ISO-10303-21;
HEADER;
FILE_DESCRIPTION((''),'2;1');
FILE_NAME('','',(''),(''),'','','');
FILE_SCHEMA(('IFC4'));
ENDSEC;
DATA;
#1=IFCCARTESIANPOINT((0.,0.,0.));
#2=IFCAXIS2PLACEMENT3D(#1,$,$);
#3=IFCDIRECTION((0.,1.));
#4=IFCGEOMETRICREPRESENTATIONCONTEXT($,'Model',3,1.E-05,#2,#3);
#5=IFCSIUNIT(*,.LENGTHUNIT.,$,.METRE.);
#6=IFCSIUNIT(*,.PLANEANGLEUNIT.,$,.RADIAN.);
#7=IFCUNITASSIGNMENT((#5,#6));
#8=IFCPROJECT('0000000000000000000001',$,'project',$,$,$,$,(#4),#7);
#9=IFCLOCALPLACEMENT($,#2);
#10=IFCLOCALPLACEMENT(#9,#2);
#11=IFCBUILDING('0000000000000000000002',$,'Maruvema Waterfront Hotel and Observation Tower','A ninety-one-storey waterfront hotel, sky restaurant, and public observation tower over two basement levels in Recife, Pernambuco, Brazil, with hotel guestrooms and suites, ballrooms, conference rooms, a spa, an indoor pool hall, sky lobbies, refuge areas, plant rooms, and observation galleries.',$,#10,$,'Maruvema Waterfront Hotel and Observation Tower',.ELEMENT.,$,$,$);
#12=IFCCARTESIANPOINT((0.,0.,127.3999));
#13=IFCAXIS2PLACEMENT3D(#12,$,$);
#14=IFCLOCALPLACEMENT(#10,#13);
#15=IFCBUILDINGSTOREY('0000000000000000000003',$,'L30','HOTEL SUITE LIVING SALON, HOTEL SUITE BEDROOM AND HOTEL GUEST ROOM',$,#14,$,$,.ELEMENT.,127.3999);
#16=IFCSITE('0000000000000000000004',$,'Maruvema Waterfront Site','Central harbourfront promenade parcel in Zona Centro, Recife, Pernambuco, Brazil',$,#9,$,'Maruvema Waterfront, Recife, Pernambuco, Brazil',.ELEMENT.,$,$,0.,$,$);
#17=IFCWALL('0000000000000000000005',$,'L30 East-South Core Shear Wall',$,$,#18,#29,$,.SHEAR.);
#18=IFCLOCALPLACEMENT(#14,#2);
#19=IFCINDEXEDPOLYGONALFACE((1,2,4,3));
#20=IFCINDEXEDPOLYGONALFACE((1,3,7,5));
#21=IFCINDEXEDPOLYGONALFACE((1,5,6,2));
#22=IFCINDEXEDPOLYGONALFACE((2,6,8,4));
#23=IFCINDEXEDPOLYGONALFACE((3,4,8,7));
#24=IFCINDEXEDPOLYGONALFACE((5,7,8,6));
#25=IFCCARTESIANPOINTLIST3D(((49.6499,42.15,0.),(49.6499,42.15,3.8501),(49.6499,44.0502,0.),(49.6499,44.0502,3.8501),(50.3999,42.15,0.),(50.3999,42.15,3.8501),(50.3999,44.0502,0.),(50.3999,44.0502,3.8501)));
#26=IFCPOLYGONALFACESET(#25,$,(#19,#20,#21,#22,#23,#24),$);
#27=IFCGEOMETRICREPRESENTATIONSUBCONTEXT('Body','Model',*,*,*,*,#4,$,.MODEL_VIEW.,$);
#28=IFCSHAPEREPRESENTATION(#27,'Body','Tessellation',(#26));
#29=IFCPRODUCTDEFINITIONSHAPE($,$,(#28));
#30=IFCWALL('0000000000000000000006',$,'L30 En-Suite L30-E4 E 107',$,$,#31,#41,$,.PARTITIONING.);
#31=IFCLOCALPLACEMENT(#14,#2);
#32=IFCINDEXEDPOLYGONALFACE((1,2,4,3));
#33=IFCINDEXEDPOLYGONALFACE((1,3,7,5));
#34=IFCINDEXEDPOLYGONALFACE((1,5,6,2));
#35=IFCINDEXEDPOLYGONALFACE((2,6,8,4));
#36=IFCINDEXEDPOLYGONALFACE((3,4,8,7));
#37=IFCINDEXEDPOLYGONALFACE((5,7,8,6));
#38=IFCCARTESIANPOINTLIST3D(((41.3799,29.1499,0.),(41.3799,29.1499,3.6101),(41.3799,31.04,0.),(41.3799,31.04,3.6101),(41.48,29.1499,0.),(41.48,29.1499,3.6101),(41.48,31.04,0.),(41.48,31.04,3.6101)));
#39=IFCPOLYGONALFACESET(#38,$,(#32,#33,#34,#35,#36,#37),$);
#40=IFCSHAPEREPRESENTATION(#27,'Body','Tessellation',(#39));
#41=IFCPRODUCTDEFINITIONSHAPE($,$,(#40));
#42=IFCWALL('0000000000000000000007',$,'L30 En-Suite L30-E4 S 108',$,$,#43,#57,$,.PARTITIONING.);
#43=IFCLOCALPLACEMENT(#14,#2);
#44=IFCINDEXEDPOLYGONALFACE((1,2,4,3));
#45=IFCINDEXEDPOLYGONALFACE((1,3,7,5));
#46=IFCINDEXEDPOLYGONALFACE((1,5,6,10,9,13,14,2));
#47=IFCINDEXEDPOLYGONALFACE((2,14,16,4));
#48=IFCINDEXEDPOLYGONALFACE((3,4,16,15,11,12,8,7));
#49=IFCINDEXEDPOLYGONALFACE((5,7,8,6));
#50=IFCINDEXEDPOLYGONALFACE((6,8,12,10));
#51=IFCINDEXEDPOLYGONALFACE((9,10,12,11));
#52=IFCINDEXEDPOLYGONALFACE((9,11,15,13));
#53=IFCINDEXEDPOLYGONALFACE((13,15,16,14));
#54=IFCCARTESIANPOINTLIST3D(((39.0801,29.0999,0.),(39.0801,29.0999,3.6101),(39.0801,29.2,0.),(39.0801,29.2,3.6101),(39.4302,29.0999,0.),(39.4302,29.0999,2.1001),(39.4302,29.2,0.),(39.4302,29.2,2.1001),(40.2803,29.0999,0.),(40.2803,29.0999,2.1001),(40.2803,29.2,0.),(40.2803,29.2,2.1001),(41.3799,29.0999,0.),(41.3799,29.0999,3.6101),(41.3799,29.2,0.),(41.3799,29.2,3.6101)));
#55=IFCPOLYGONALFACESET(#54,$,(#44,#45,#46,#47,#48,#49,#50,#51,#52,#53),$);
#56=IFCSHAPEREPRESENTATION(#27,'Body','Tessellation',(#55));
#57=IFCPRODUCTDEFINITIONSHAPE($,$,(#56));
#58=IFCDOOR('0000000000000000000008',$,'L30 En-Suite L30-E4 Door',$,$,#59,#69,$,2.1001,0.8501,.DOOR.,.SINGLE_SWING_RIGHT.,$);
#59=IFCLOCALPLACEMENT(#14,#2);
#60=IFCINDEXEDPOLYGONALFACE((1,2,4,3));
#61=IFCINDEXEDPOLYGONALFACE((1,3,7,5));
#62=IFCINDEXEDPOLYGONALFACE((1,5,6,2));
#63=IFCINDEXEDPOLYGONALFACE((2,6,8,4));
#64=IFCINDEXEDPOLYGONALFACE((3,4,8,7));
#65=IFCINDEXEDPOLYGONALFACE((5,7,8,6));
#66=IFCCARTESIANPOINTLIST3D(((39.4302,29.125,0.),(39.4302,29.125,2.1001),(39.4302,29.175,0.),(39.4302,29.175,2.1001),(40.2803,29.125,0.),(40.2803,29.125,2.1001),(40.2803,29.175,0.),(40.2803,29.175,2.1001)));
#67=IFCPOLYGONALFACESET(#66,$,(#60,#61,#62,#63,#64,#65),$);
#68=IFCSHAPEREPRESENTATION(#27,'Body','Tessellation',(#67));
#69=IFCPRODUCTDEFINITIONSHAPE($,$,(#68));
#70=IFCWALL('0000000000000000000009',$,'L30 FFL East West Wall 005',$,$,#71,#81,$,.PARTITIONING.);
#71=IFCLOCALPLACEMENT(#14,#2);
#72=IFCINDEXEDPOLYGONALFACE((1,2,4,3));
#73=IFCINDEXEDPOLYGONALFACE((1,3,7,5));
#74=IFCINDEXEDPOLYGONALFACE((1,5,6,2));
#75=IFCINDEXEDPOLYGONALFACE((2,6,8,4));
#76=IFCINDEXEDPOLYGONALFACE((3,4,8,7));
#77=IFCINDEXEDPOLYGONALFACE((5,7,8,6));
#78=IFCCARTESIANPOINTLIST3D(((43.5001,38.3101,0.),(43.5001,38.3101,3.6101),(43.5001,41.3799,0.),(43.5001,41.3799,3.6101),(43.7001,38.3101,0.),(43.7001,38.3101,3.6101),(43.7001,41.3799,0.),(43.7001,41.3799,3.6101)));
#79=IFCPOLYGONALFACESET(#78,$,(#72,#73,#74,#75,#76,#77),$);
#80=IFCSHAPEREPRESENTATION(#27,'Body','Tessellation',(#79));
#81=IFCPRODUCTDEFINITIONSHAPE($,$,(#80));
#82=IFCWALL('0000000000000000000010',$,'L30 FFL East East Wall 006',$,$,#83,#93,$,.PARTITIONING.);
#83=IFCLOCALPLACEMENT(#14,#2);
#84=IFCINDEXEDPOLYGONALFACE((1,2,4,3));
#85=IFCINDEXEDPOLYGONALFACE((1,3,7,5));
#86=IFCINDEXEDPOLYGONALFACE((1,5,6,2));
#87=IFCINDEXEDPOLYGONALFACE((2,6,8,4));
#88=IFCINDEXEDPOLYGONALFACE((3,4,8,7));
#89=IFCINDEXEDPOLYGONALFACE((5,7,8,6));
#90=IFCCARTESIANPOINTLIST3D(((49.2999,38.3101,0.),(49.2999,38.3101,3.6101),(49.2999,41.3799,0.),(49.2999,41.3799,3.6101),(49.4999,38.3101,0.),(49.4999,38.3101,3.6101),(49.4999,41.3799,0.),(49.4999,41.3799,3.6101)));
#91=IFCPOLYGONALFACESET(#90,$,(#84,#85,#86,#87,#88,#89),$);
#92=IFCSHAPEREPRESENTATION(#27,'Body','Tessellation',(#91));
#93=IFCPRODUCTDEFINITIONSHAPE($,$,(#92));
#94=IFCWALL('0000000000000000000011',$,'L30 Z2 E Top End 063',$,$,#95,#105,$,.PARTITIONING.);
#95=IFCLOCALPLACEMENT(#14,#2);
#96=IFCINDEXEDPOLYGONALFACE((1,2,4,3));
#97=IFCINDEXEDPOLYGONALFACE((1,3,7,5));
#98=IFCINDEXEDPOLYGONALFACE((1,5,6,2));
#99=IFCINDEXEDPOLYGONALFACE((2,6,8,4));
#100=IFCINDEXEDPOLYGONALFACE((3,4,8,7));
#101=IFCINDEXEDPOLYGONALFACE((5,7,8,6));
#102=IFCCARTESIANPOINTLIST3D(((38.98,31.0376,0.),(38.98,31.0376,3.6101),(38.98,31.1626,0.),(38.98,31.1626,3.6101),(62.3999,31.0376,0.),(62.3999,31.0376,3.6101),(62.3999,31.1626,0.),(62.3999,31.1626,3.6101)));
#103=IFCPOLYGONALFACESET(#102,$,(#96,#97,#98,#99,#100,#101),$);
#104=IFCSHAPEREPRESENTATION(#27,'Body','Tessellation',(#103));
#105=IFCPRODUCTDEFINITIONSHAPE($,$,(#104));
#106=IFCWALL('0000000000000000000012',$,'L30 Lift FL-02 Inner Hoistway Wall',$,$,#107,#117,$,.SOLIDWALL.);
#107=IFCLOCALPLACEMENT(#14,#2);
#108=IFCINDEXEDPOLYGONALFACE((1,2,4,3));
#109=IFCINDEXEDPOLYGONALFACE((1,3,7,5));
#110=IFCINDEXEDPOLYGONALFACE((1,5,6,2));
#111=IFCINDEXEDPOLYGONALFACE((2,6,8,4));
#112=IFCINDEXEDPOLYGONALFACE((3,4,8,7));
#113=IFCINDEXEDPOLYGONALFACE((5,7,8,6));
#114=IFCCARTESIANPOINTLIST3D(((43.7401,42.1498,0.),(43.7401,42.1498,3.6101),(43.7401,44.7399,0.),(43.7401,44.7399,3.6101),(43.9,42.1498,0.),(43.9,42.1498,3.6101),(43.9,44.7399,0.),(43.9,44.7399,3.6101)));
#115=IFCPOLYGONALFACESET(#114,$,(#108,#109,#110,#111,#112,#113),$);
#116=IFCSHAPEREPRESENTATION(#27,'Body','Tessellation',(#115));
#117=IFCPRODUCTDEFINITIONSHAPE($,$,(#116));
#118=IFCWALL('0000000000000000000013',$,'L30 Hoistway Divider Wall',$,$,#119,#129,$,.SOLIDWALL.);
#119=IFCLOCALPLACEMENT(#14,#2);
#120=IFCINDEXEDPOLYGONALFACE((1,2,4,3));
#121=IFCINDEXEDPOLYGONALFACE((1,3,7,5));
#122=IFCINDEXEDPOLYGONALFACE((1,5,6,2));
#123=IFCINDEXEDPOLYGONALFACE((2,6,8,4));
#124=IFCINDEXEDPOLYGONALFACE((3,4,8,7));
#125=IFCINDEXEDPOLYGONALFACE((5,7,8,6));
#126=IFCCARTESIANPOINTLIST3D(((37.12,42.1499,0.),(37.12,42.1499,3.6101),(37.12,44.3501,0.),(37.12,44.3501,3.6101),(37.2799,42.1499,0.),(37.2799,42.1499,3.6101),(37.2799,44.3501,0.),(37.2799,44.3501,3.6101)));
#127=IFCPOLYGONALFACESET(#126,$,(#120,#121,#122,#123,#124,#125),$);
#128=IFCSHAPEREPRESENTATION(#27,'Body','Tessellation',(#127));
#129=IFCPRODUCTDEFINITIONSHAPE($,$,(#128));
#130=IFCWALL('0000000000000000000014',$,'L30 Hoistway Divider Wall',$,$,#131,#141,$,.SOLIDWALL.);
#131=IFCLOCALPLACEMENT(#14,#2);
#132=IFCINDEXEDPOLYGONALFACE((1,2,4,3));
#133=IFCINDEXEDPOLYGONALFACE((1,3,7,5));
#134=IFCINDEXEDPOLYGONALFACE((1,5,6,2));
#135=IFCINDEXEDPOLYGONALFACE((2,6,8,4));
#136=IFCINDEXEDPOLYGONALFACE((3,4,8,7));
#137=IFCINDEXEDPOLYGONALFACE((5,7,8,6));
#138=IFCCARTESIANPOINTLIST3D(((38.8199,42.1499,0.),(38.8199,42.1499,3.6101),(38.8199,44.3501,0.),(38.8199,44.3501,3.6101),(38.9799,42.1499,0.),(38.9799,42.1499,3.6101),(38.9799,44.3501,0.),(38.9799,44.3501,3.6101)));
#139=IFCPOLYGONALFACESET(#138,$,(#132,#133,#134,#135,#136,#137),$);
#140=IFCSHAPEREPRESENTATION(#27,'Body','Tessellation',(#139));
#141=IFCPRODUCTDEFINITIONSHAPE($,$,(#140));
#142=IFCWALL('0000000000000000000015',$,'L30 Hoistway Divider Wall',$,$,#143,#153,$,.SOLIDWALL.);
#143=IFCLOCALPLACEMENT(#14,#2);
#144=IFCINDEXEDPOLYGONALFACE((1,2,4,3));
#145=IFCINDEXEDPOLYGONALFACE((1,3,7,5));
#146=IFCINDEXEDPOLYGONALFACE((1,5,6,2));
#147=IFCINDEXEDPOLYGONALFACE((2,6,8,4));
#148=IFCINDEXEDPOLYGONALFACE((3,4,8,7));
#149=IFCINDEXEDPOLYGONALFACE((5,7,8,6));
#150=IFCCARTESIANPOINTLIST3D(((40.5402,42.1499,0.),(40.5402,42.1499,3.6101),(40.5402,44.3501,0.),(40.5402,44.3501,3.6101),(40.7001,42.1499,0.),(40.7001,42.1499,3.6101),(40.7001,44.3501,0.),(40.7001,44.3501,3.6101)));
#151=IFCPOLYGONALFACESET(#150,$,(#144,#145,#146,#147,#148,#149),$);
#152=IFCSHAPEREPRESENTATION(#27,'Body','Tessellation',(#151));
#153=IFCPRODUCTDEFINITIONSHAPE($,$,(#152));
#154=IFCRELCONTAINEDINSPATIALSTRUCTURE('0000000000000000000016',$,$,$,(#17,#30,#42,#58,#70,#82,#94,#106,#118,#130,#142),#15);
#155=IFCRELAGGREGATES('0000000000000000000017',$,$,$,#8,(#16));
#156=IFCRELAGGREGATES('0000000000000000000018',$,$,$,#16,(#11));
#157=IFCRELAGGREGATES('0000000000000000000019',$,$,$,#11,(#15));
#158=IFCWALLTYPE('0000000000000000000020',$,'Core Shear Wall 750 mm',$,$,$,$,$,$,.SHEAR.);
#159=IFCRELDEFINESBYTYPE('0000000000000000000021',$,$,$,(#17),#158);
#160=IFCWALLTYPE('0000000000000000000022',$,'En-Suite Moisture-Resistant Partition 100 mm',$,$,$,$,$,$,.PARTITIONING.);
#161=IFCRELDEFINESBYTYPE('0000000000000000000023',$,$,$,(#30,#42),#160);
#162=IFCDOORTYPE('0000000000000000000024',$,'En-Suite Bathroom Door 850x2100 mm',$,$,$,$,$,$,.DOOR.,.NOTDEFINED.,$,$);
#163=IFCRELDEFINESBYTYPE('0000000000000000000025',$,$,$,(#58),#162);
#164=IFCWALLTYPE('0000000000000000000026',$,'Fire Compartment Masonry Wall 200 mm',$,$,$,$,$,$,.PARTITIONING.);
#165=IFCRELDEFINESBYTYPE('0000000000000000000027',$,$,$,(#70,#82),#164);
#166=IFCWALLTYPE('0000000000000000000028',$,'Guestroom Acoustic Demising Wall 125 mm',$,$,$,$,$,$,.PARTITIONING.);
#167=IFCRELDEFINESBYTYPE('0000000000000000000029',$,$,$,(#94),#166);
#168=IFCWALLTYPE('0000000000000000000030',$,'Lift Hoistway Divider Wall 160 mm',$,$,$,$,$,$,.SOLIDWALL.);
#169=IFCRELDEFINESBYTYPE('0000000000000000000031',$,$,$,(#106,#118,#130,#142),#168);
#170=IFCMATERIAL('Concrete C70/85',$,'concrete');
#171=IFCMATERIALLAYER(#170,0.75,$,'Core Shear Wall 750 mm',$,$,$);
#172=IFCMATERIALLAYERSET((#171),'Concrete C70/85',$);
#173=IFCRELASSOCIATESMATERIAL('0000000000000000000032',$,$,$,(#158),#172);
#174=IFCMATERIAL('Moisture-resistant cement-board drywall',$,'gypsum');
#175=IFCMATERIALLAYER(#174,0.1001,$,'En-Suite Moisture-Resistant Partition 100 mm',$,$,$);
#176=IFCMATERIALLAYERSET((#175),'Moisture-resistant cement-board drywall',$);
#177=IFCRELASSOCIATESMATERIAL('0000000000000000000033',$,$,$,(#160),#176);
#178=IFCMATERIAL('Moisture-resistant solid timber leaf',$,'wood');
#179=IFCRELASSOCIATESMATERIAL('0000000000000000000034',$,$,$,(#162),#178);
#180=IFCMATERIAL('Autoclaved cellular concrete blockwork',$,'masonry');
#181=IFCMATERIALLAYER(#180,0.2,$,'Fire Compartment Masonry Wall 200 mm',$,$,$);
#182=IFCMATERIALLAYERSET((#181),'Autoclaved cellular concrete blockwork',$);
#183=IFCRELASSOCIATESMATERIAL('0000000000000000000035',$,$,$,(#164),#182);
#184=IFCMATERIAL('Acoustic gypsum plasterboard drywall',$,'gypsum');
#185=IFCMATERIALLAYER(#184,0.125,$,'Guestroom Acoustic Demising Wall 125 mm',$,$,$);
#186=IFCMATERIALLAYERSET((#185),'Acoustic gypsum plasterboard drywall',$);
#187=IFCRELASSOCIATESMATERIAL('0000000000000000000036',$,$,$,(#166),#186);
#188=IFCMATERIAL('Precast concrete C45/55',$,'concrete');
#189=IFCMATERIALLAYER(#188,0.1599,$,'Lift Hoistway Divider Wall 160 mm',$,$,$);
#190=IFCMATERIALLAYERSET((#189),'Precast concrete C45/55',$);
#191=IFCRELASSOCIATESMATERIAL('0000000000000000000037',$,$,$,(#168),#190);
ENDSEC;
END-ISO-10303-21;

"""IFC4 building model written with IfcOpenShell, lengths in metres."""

from ifc_helpers import new_model, si_unit, direction, frame, frame_2d, origin, place, context, subcontext, project, spatial, rectangle, extrude, material, layer, layer_set, type_object, element, fill, save


model = new_model("IFC4")

# Units and contexts
model_context = context("Model", 3, precision=1e-05, world=origin(), true_north=direction((0.0, 1.0)))
body_context = subcontext(model_context, "Body", "Model", "MODEL_VIEW")
ifc_project = project(units=[si_unit("LENGTHUNIT", "METRE"), si_unit("PLANEANGLEUNIT", "RADIAN")], contexts=[model_context])

# Site, building, storey
site_placement = place(None, origin())
site = spatial("IfcSite", under=ifc_project, at=site_placement, Name="Maruvema Waterfront Site", Description="Central harbourfront promenade parcel in Zona Centro, Recife, Pernambuco, Brazil", LongName="Maruvema Waterfront, Recife, Pernambuco, Brazil", CompositionType="ELEMENT", RefElevation=0.0)
building_placement = place(site_placement, origin())
building = spatial("IfcBuilding", under=site, at=building_placement, Name="Maruvema Waterfront Hotel and Observation Tower", Description="A ninety-one-storey waterfront hotel, sky restaurant, and public observation tower over two basement levels in Recife, Pernambuco, Brazil, with hotel guestrooms and suites, ballrooms, conference rooms, a spa, an indoor pool hall, sky lobbies, refuge areas, plant rooms, and observation galleries.", LongName="Maruvema Waterfront Hotel and Observation Tower", CompositionType="ELEMENT")
storey_placement = place(building_placement, frame((0.0, 0.0, 127.3999)))
storey = spatial("IfcBuildingStorey", under=building, at=storey_placement, Name="L30", Description="HOTEL SUITE LIVING SALON, HOTEL SUITE BEDROOM AND HOTEL GUEST ROOM", CompositionType="ELEMENT", Elevation=127.3999)

# Shared definitions
ifc_material_1 = material(Name="Concrete C70/85", Category="concrete")
ifc_layer_1 = layer(ifc_material_1, 0.75, Name="Core Shear Wall 750 mm")
ifc_layer_set_1 = layer_set([ifc_layer_1], Name="Concrete C70/85")
wall_type_1 = type_object("IfcWallType", Name="Core Shear Wall 750 mm", PredefinedType="SHEAR", material=ifc_layer_set_1)

# Walls
wall_1_placement = place(storey_placement, frame((50.0249, 42.1499, 0.0), z_axis=(0.0, 0.0, 1.0), x_axis=(0.0, 1.0, 0.0)))
element("IfcWall", 1, at=wall_1_placement, inside=storey, type_object=wall_type_1, Name="L30 East-South Core Shear Wall", PredefinedType="SHEAR", context=body_context, shape_type="SweptSolid", body=[
    extrude(rectangle(XDim=1.9001, YDim=0.75, at=frame_2d((0.9502, 0.0))), origin(), (0.0, 0.0, 1.0), 3.8501),
])
ifc_material_2 = material(Name="Moisture-resistant cement-board drywall", Category="gypsum")
ifc_layer_2 = layer(ifc_material_2, 0.1001, Name="En-Suite Moisture-Resistant Partition 100 mm")
ifc_layer_set_2 = layer_set([ifc_layer_2], Name="Moisture-resistant cement-board drywall")
wall_type_2 = type_object("IfcWallType", Name="En-Suite Moisture-Resistant Partition 100 mm", PredefinedType="PARTITIONING", material=ifc_layer_set_2)
wall_2_placement = place(storey_placement, frame((41.4299, 29.1499, 0.0), z_axis=(0.0, 0.0, 1.0), x_axis=(0.0, 1.0, 0.0)))
element("IfcWall", 2, at=wall_2_placement, inside=storey, type_object=wall_type_2, Name="L30 En-Suite L30-E4 E 107", PredefinedType="PARTITIONING", context=body_context, shape_type="SweptSolid", body=[
    extrude(rectangle(XDim=1.8901, YDim=0.1001, at=frame_2d((0.9451, 0.0))), origin(), (0.0, 0.0, 1.0), 3.6101),
])

# Wall, opening, door
wall_3_placement = place(storey_placement, frame((39.0801, 29.1499, 0.0), z_axis=(0.0, 0.0, 1.0), x_axis=(1.0, 0.0, 0.0)))
wall_3 = element("IfcWall", 3, at=wall_3_placement, inside=storey, type_object=wall_type_2, Name="L30 En-Suite L30-E4 S 108", PredefinedType="PARTITIONING", context=body_context, shape_type="SweptSolid", body=[
    extrude(rectangle(XDim=2.2998, YDim=0.1001, at=frame_2d((1.1499, 0.0))), origin(), (0.0, 0.0, 1.0), 3.6101),
])
opening_1_placement = place(wall_3_placement, frame((0.3501, 0.0, 0.0)))
opening_1 = element("IfcOpeningElement", 4, at=opening_1_placement, cuts=wall_3, PredefinedType="OPENING", context=body_context, shape_type="SweptSolid", body=[
    extrude(rectangle(XDim=0.8501, YDim=2.1001, at=frame_2d((0.425, 1.05))), frame((0.0, 0.0601, 0.0), z_axis=(0.0, -1.0, 0.0), x_axis=(1.0, 0.0, 0.0)), (0.0, 0.0, 1.0), 0.1201),
])
ifc_material_3 = material(Name="Moisture-resistant solid timber leaf", Category="wood")
door_type_1 = type_object("IfcDoorType", Name="En-Suite Bathroom Door 850x2100 mm", OperationType="NOTDEFINED", PredefinedType="DOOR", material=ifc_material_3)
door_1_placement = place(opening_1_placement, frame((0.8501, 0.0, 0.0), z_axis=(0.0, 0.0, 1.0), x_axis=(-1.0, 0.0, 0.0)))
door_1 = element("IfcDoor", 5, at=door_1_placement, inside=storey, type_object=door_type_1, Name="L30 En-Suite L30-E4 Door", OperationType="SINGLE_SWING_RIGHT", OverallHeight=2.1001, OverallWidth=0.8501, PredefinedType="DOOR", context=body_context, shape_type="SweptSolid", body=[
    extrude(rectangle(XDim=0.8501, YDim=2.1001, at=frame_2d((0.425, 1.05))), frame((0.0, 0.0249, 0.0), z_axis=(0.0, -1.0, 0.0), x_axis=(1.0, 0.0, 0.0)), (0.0, 0.0, 1.0), 0.05),
])
fill(opening_1, door_1)
ifc_material_4 = material(Name="Autoclaved cellular concrete blockwork", Category="masonry")
ifc_layer_3 = layer(ifc_material_4, 0.2, Name="Fire Compartment Masonry Wall 200 mm")
ifc_layer_set_3 = layer_set([ifc_layer_3], Name="Autoclaved cellular concrete blockwork")
wall_type_3 = type_object("IfcWallType", Name="Fire Compartment Masonry Wall 200 mm", PredefinedType="PARTITIONING", material=ifc_layer_set_3)

# Walls
for number, where, z_axis, x_axis, name in (
    (6, (43.6001, 38.3101, 0.0), (0.0, 0.0, 1.0), (0.0, 1.0, 0.0), "L30 FFL East West Wall 005"),
    (7, (49.3999, 38.3101, 0.0), (0.0, 0.0, 1.0), (0.0, 1.0, 0.0), "L30 FFL East East Wall 006"),
):
    element("IfcWall", number, at=place(storey_placement, frame(where, z_axis=z_axis, x_axis=x_axis)), inside=storey, type_object=wall_type_3, Name=name, PredefinedType="PARTITIONING", context=body_context, shape_type="SweptSolid", body=[
        extrude(rectangle(XDim=3.0698, YDim=0.2, at=frame_2d((1.5349, 0.0))), origin(), (0.0, 0.0, 1.0), 3.6101),
    ])
ifc_material_5 = material(Name="Acoustic gypsum plasterboard drywall", Category="gypsum")
ifc_layer_4 = layer(ifc_material_5, 0.125, Name="Guestroom Acoustic Demising Wall 125 mm")
ifc_layer_set_4 = layer_set([ifc_layer_4], Name="Acoustic gypsum plasterboard drywall")
wall_type_4 = type_object("IfcWallType", Name="Guestroom Acoustic Demising Wall 125 mm", PredefinedType="PARTITIONING", material=ifc_layer_set_4)
wall_4_placement = place(storey_placement, frame((38.98, 31.1001, 0.0), z_axis=(0.0, 0.0, 1.0), x_axis=(1.0, 0.0, 0.0)))
element("IfcWall", 8, at=wall_4_placement, inside=storey, type_object=wall_type_4, Name="L30 Z2 E Top End 063", PredefinedType="PARTITIONING", context=body_context, shape_type="SweptSolid", body=[
    extrude(rectangle(XDim=23.4199, YDim=0.125, at=frame_2d((11.71, 0.0))), origin(), (0.0, 0.0, 1.0), 3.6101),
])
ifc_material_6 = material(Name="Precast concrete C45/55", Category="concrete")
ifc_layer_5 = layer(ifc_material_6, 0.1599, Name="Lift Hoistway Divider Wall 160 mm")
ifc_layer_set_5 = layer_set([ifc_layer_5], Name="Precast concrete C45/55")
wall_type_5 = type_object("IfcWallType", Name="Lift Hoistway Divider Wall 160 mm", PredefinedType="SOLIDWALL", material=ifc_layer_set_5)
wall_5_placement = place(storey_placement, frame((43.8201, 42.1499, 0.0), z_axis=(0.0, 0.0, 1.0), x_axis=(0.0, 1.0, 0.0)))
element("IfcWall", 9, at=wall_5_placement, inside=storey, type_object=wall_type_5, Name="L30 Lift FL-02 Inner Hoistway Wall", PredefinedType="SOLIDWALL", context=body_context, shape_type="SweptSolid", body=[
    extrude(rectangle(XDim=2.5901, YDim=0.1599, at=frame_2d((1.2949, 0.0))), origin(), (0.0, 0.0, 1.0), 3.6101),
])
for number, where, z_axis, x_axis, name in (
    (10, (37.2, 42.1499, 0.0), (0.0, 0.0, 1.0), (0.0, 1.0, 0.0), "L30 Hoistway Divider Wall"),
    (11, (38.8999, 42.1499, 0.0), (0.0, 0.0, 1.0), (0.0, 1.0, 0.0), "L30 Hoistway Divider Wall"),
    (12, (40.6201, 42.1499, 0.0), (0.0, 0.0, 1.0), (0.0, 1.0, 0.0), "L30 Hoistway Divider Wall"),
):
    element("IfcWall", number, at=place(storey_placement, frame(where, z_axis=z_axis, x_axis=x_axis)), inside=storey, type_object=wall_type_5, Name=name, PredefinedType="SOLIDWALL", context=body_context, shape_type="SweptSolid", body=[
        extrude(rectangle(XDim=2.2002, YDim=0.1599, at=frame_2d((1.1001, 0.0))), origin(), (0.0, 0.0, 1.0), 3.6101),
    ])

save(model, "model.ifc")
